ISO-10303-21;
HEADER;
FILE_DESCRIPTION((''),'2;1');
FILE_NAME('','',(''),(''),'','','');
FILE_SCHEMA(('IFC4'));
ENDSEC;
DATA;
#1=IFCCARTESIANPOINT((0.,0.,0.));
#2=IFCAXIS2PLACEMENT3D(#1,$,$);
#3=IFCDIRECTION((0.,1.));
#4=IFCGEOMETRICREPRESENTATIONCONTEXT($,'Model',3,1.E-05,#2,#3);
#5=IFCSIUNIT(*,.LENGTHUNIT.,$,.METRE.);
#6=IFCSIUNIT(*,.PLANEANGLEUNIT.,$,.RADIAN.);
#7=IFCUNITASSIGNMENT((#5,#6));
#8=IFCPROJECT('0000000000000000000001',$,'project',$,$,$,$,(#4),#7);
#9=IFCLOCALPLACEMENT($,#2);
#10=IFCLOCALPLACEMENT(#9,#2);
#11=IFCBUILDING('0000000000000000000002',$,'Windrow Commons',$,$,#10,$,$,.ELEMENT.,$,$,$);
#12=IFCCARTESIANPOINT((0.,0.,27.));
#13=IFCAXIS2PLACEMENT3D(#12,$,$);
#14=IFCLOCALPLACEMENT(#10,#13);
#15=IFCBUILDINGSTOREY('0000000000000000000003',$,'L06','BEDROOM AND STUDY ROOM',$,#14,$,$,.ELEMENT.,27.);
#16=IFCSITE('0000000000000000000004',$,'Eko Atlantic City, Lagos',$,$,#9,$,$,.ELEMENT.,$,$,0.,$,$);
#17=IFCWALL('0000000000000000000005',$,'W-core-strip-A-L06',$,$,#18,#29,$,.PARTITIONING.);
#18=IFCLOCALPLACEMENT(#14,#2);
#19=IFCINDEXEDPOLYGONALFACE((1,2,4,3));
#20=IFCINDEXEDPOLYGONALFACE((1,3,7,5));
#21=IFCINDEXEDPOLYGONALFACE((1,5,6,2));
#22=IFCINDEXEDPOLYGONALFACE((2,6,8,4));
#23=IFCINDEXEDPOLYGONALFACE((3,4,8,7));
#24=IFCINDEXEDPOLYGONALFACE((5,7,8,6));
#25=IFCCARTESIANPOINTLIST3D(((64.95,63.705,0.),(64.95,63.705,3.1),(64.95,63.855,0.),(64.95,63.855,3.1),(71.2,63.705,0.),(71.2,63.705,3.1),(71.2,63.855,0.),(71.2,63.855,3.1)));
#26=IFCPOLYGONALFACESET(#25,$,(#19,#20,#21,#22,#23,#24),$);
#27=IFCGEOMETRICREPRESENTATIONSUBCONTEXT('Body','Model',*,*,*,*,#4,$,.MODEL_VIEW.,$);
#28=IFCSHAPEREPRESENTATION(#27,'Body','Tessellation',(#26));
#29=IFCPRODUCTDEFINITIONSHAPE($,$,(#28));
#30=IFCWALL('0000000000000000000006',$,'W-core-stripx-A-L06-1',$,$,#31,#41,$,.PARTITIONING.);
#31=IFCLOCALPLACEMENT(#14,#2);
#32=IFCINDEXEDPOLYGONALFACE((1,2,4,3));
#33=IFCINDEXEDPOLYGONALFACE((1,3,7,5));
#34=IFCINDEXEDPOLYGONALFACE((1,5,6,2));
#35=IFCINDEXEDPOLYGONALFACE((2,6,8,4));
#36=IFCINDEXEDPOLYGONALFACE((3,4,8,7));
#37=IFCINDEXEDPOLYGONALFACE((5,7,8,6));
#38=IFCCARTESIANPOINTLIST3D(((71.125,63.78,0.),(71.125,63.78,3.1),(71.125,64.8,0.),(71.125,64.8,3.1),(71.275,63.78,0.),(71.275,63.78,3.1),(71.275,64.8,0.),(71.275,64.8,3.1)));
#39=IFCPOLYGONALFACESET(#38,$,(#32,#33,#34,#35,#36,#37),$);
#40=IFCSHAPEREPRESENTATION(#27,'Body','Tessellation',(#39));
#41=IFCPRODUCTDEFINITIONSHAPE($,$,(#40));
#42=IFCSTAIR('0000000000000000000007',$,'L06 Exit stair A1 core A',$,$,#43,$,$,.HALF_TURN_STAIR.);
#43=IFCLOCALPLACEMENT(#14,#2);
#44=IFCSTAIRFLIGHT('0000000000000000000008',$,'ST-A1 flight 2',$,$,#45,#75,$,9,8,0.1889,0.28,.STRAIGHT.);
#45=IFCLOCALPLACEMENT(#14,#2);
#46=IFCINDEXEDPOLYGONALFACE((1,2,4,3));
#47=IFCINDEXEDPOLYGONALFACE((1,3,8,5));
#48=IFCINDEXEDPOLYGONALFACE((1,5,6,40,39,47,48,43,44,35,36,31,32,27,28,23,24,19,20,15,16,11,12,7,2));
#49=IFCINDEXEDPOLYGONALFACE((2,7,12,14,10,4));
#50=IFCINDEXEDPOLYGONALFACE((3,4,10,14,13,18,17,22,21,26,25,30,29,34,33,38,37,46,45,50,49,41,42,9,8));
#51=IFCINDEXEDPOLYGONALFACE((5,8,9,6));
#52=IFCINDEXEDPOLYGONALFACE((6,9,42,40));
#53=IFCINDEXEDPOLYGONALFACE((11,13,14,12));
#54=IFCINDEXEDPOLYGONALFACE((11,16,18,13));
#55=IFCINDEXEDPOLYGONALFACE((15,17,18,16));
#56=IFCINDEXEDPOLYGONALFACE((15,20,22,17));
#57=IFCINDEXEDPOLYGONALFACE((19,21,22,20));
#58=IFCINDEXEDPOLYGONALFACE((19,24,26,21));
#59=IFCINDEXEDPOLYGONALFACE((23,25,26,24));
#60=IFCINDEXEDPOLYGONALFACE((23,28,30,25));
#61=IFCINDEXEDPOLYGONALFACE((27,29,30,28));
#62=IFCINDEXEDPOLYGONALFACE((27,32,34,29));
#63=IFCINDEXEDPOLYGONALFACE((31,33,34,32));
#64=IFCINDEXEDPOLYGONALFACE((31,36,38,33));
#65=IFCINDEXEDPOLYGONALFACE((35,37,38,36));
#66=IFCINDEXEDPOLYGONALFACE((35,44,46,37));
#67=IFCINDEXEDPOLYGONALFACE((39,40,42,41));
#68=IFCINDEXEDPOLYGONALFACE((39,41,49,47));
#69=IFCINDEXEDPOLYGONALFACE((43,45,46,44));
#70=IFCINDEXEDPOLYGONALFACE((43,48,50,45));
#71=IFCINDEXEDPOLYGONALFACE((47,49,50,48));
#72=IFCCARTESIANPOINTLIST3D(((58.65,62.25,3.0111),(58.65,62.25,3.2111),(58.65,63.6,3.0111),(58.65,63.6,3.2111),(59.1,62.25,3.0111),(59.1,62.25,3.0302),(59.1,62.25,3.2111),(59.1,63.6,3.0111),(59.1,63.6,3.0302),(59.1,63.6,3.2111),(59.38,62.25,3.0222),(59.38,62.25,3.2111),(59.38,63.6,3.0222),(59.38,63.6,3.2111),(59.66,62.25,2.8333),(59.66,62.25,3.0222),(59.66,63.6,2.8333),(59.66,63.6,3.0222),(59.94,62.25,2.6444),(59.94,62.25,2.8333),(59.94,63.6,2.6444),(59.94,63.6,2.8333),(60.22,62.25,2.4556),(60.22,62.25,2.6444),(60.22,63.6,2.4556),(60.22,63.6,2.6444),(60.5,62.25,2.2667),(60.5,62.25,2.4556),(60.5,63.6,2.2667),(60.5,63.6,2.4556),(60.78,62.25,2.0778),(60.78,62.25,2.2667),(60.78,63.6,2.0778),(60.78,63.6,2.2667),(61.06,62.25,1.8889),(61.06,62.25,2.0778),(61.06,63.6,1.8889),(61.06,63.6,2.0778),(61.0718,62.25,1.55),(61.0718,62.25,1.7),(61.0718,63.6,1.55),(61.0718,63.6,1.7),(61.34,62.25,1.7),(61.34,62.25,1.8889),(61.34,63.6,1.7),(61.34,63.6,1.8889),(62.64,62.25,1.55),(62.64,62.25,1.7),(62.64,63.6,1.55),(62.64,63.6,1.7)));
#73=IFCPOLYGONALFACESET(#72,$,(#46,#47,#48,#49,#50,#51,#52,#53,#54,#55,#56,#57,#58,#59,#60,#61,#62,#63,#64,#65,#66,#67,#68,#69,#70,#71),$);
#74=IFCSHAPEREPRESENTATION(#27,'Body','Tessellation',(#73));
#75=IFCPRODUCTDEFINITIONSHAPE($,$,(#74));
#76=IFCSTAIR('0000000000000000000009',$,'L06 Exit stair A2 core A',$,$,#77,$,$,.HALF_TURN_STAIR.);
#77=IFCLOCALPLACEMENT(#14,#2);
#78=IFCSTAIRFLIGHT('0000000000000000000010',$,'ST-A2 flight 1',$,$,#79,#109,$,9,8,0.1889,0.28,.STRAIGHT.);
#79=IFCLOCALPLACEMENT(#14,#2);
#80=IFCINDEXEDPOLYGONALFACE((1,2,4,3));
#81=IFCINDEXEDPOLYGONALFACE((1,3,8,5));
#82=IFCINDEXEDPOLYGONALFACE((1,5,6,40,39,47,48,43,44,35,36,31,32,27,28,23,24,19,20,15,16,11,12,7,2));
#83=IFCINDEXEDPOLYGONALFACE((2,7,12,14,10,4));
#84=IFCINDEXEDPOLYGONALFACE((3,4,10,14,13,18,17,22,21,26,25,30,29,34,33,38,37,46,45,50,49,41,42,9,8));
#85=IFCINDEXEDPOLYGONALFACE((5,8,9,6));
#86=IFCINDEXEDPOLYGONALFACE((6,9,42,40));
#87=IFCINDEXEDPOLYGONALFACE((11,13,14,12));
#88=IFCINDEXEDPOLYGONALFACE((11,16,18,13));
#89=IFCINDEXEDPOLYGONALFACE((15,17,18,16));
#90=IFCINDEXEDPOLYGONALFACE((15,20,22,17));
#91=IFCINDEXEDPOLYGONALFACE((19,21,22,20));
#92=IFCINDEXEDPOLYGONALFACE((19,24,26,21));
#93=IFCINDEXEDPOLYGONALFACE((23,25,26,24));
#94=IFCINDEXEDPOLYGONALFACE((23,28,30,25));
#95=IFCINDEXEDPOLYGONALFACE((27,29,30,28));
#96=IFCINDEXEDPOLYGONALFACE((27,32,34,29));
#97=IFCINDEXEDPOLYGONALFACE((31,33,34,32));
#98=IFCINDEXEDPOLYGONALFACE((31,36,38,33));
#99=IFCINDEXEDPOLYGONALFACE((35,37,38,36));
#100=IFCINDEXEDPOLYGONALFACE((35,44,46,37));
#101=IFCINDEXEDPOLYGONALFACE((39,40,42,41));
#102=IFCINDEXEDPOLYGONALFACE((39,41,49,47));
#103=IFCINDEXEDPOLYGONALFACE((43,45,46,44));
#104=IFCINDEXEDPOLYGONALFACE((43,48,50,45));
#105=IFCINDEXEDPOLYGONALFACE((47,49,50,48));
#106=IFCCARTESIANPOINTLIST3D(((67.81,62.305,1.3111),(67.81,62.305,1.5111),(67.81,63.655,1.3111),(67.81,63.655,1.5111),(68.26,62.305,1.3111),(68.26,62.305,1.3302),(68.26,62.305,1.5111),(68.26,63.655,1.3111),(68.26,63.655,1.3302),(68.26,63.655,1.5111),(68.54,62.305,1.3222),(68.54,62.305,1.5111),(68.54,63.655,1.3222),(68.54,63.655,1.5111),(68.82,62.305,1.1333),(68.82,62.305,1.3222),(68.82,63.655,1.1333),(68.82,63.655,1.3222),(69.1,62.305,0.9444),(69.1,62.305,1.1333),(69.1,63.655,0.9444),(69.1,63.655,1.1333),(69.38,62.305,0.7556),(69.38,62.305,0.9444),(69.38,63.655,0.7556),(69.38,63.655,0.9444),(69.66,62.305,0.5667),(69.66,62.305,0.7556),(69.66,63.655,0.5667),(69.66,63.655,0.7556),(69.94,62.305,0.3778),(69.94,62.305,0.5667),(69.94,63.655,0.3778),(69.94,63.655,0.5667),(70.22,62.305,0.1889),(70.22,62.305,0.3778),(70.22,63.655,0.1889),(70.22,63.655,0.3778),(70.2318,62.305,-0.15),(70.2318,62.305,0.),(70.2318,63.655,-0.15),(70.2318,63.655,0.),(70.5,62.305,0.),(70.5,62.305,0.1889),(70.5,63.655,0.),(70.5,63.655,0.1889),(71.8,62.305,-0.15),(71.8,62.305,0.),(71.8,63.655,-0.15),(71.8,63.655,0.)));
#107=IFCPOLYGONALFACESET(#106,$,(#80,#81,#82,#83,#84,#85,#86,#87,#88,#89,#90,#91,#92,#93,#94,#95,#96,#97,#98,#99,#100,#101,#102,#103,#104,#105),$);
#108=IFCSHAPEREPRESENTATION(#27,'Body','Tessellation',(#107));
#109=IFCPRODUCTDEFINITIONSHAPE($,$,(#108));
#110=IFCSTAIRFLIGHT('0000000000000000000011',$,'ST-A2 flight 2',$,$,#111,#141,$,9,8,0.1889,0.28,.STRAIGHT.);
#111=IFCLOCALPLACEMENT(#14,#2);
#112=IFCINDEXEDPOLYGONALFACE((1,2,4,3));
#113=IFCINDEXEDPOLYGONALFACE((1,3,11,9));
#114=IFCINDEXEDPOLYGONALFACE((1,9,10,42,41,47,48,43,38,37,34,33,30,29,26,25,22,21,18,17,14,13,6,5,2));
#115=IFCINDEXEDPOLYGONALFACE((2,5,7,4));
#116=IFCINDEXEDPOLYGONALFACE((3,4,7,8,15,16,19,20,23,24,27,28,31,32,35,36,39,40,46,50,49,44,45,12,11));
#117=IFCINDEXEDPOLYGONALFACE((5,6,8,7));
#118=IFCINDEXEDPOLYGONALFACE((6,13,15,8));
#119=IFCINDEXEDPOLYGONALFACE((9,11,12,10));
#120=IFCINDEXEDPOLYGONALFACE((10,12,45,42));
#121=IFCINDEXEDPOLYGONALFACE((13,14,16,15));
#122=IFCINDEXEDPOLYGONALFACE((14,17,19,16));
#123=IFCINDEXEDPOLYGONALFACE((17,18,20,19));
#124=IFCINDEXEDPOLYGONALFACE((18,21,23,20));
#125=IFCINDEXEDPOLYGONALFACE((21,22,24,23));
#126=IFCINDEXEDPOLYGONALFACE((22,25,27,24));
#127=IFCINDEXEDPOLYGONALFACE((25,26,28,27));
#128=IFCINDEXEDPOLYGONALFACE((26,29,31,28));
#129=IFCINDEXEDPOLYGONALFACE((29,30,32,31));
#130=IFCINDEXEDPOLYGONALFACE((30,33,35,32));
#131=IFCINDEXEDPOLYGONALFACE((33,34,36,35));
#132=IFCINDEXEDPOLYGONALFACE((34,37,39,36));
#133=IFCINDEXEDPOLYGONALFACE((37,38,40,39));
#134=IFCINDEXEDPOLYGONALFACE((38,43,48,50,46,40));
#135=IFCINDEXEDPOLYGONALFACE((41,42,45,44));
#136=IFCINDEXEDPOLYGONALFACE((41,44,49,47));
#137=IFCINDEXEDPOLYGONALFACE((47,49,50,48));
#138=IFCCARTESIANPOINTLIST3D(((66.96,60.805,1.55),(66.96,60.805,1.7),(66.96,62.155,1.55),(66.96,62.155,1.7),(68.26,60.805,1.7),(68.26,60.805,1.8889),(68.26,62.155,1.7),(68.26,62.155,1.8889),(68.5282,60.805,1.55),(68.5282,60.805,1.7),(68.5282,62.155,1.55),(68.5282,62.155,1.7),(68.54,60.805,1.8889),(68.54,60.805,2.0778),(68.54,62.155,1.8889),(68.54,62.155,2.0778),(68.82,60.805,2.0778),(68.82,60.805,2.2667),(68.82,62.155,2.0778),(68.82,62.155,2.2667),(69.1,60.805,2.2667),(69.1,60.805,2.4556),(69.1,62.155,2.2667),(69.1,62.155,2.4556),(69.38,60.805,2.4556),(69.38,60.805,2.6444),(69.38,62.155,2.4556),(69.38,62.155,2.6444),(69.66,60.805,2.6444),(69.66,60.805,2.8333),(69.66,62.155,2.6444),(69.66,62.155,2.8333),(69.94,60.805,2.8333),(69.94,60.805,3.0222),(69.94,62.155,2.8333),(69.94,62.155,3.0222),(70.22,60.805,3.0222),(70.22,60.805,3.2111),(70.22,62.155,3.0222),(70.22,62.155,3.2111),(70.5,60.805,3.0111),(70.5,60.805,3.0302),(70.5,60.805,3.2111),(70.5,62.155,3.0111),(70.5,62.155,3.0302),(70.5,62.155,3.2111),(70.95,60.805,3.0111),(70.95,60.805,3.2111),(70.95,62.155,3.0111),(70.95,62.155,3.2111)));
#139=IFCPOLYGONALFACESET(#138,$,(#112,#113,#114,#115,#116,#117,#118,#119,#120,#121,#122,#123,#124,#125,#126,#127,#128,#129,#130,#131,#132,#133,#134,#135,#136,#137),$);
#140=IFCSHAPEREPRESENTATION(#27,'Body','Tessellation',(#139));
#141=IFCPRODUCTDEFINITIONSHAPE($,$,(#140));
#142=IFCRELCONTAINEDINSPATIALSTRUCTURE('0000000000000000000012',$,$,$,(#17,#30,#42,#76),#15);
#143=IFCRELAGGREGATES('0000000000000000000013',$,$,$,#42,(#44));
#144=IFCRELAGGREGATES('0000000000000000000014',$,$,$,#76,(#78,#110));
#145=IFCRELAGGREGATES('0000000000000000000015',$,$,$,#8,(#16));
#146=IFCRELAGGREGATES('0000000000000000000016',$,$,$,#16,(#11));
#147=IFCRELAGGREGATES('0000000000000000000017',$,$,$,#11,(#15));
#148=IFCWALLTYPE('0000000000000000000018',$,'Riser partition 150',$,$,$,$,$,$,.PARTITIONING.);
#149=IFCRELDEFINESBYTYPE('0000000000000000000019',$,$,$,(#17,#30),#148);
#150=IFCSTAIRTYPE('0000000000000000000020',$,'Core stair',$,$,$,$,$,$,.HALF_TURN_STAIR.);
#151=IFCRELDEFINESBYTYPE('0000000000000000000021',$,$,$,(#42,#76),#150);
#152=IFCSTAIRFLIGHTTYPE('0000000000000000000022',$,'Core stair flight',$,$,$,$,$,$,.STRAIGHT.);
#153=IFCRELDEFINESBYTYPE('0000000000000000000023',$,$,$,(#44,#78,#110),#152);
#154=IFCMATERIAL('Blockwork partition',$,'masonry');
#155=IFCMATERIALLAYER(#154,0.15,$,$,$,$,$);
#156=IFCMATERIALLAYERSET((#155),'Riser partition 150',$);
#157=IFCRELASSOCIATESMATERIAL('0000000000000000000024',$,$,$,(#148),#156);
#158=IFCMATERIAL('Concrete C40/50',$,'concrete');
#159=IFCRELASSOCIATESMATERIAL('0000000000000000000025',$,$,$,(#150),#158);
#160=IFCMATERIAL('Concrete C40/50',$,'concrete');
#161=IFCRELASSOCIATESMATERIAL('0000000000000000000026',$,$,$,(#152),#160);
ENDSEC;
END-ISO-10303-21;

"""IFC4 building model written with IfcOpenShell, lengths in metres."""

from ifc_helpers import new_model, si_unit, direction, frame, frame_2d, origin, place, context, subcontext, project, spatial, polyline, rectangle, outline, extrude, material, layer, layer_set, type_object, element, aggregate, save


model = new_model("IFC4")

# Units and contexts
model_context = context("Model", 3, precision=1e-05, world=origin(), true_north=direction((0.0, 1.0)))
body_context = subcontext(model_context, "Body", "Model", "MODEL_VIEW")
ifc_project = project(units=[si_unit("LENGTHUNIT", "METRE"), si_unit("PLANEANGLEUNIT", "RADIAN")], contexts=[model_context])

# Site, building, storey
site_placement = place(None, origin())
site = spatial("IfcSite", under=ifc_project, at=site_placement, Name="Eko Atlantic City, Lagos", CompositionType="ELEMENT", RefElevation=0.0)
building_placement = place(site_placement, origin())
building = spatial("IfcBuilding", under=site, at=building_placement, Name="Windrow Commons", CompositionType="ELEMENT")
storey_placement = place(building_placement, frame((0.0, 0.0, 27.0)))
storey = spatial("IfcBuildingStorey", under=building, at=storey_placement, Name="L06", Description="BEDROOM AND STUDY ROOM", CompositionType="ELEMENT", Elevation=27.0)

# Walls
ifc_material_1 = material(Name="Blockwork partition", Category="masonry")
ifc_layer = layer(ifc_material_1, 0.15)
ifc_layer_set = layer_set([ifc_layer], Name="Riser partition 150")
wall_type = type_object("IfcWallType", Name="Riser partition 150", PredefinedType="PARTITIONING", material=ifc_layer_set)
wall_1_placement = place(storey_placement, frame((64.95, 63.78, 0.0), z_axis=(0.0, 0.0, 1.0), x_axis=(1.0, 0.0, 0.0)))
element("IfcWall", 1, at=wall_1_placement, inside=storey, type_object=wall_type, Name="W-core-strip-A-L06", PredefinedType="PARTITIONING", context=body_context, shape_type="SweptSolid", body=[
    extrude(rectangle(XDim=6.25, YDim=0.15, at=frame_2d((3.125, 0.0))), origin(), (0.0, 0.0, 1.0), 3.1),
])
wall_2_placement = place(storey_placement, frame((71.2, 63.78, 0.0), z_axis=(0.0, 0.0, 1.0), x_axis=(0.0, 1.0, 0.0)))
element("IfcWall", 2, at=wall_2_placement, inside=storey, type_object=wall_type, Name="W-core-stripx-A-L06-1", PredefinedType="PARTITIONING", context=body_context, shape_type="SweptSolid", body=[
    extrude(rectangle(XDim=1.02, YDim=0.15, at=frame_2d((0.51, 0.0))), origin(), (0.0, 0.0, 1.0), 3.1),
])

# Stair, stair flight
ifc_material_2 = material(Name="Concrete C40/50", Category="concrete")
stair_type = type_object("IfcStairType", Name="Core stair", PredefinedType="HALF_TURN_STAIR", material=ifc_material_2)
placement = place(storey_placement, origin())
stair_1 = element("IfcStair", 3, at=placement, inside=storey, type_object=stair_type, Name="L06 Exit stair A1 core A", PredefinedType="HALF_TURN_STAIR")
ifc_material_3 = material(Name="Concrete C40/50", Category="concrete")
stair_flight_type = type_object("IfcStairFlightType", Name="Core stair flight", PredefinedType="STRAIGHT", material=ifc_material_3)
stair_flight_1_placement = place(storey_placement, frame((61.34, 62.925, 1.7), z_axis=(0.0, 0.0, 1.0), x_axis=(-1.0, 0.0, 0.0)))
stair_flight_1 = element("IfcStairFlight", 4, at=stair_flight_1_placement, type_object=stair_flight_type, Name="ST-A1 flight 2", NumberOfRisers=9, NumberOfTreads=8, PredefinedType="STRAIGHT", RiserHeight=0.1889, TreadLength=0.28, context=body_context, shape_type="SweptSolid", body=[
    extrude(outline(polyline([(-1.3, -0.15), (-1.3, 0.0), (0.0, 0.0), (0.0, 0.1889), (0.28, 0.1889), (0.28, 0.3778), (0.56, 0.3778), (0.56, 0.5667), (0.84, 0.5667), (0.84, 0.7556), (1.12, 0.7556), (1.12, 0.9444), (1.4, 0.9444), (1.4, 1.1333), (1.68, 1.1333), (1.68, 1.3222), (1.96, 1.3222), (1.96, 1.5111), (2.24, 1.5111), (2.69, 1.5111), (2.69, 1.3111), (2.24, 1.3111), (2.24, 1.3302), (0.2682, 0.0), (0.2682, -0.15), (-1.3, -0.15)])), frame((0.0, 0.675, 0.0), z_axis=(0.0, -1.0, 0.0), x_axis=(1.0, 0.0, 0.0)), (0.0, 0.0, 1.0), 1.35),
])
aggregate(stair_1, [stair_flight_1])

# Stair, stair flights
stair_2 = element("IfcStair", 5, at=placement, inside=storey, type_object=stair_type, Name="L06 Exit stair A2 core A", PredefinedType="HALF_TURN_STAIR")
stair_flight_2_placement = place(storey_placement, frame((70.5, 62.98, 0.0), z_axis=(0.0, 0.0, 1.0), x_axis=(-1.0, 0.0, 0.0)))
stair_flight_2 = element("IfcStairFlight", 6, at=stair_flight_2_placement, type_object=stair_flight_type, Name="ST-A2 flight 1", NumberOfRisers=9, NumberOfTreads=8, PredefinedType="STRAIGHT", RiserHeight=0.1889, TreadLength=0.28, context=body_context, shape_type="SweptSolid", body=[
    extrude(outline(polyline([(-1.3, -0.15), (-1.3, 0.0), (0.0, 0.0), (0.0, 0.1889), (0.28, 0.1889), (0.28, 0.3778), (0.56, 0.3778), (0.56, 0.5667), (0.84, 0.5667), (0.84, 0.7556), (1.12, 0.7556), (1.12, 0.9444), (1.4, 0.9444), (1.4, 1.1333), (1.68, 1.1333), (1.68, 1.3222), (1.96, 1.3222), (1.96, 1.5111), (2.24, 1.5111), (2.69, 1.5111), (2.69, 1.3111), (2.24, 1.3111), (2.24, 1.3302), (0.2682, 0.0), (0.2682, -0.15), (-1.3, -0.15)])), frame((0.0, 0.675, 0.0), z_axis=(0.0, -1.0, 0.0), x_axis=(1.0, 0.0, 0.0)), (0.0, 0.0, 1.0), 1.35),
])
stair_flight_3_placement = place(storey_placement, frame((68.26, 61.48, 1.7), z_axis=(0.0, 0.0, 1.0), x_axis=(1.0, 0.0, 0.0)))
stair_flight_3 = element("IfcStairFlight", 7, at=stair_flight_3_placement, type_object=stair_flight_type, Name="ST-A2 flight 2", NumberOfRisers=9, NumberOfTreads=8, PredefinedType="STRAIGHT", RiserHeight=0.1889, TreadLength=0.28, context=body_context, shape_type="SweptSolid", body=[
    extrude(outline(polyline([(-1.3, -0.15), (-1.3, 0.0), (0.0, 0.0), (0.0, 0.1889), (0.28, 0.1889), (0.28, 0.3778), (0.56, 0.3778), (0.56, 0.5667), (0.84, 0.5667), (0.84, 0.7556), (1.12, 0.7556), (1.12, 0.9444), (1.4, 0.9444), (1.4, 1.1333), (1.68, 1.1333), (1.68, 1.3222), (1.96, 1.3222), (1.96, 1.5111), (2.24, 1.5111), (2.69, 1.5111), (2.69, 1.3111), (2.24, 1.3111), (2.24, 1.3302), (0.2682, 0.0), (0.2682, -0.15), (-1.3, -0.15)])), frame((0.0, 0.675, 0.0), z_axis=(0.0, -1.0, 0.0), x_axis=(1.0, 0.0, 0.0)), (0.0, 0.0, 1.0), 1.35),
])
aggregate(stair_2, [stair_flight_2, stair_flight_3])

save(model, "model.ifc")
